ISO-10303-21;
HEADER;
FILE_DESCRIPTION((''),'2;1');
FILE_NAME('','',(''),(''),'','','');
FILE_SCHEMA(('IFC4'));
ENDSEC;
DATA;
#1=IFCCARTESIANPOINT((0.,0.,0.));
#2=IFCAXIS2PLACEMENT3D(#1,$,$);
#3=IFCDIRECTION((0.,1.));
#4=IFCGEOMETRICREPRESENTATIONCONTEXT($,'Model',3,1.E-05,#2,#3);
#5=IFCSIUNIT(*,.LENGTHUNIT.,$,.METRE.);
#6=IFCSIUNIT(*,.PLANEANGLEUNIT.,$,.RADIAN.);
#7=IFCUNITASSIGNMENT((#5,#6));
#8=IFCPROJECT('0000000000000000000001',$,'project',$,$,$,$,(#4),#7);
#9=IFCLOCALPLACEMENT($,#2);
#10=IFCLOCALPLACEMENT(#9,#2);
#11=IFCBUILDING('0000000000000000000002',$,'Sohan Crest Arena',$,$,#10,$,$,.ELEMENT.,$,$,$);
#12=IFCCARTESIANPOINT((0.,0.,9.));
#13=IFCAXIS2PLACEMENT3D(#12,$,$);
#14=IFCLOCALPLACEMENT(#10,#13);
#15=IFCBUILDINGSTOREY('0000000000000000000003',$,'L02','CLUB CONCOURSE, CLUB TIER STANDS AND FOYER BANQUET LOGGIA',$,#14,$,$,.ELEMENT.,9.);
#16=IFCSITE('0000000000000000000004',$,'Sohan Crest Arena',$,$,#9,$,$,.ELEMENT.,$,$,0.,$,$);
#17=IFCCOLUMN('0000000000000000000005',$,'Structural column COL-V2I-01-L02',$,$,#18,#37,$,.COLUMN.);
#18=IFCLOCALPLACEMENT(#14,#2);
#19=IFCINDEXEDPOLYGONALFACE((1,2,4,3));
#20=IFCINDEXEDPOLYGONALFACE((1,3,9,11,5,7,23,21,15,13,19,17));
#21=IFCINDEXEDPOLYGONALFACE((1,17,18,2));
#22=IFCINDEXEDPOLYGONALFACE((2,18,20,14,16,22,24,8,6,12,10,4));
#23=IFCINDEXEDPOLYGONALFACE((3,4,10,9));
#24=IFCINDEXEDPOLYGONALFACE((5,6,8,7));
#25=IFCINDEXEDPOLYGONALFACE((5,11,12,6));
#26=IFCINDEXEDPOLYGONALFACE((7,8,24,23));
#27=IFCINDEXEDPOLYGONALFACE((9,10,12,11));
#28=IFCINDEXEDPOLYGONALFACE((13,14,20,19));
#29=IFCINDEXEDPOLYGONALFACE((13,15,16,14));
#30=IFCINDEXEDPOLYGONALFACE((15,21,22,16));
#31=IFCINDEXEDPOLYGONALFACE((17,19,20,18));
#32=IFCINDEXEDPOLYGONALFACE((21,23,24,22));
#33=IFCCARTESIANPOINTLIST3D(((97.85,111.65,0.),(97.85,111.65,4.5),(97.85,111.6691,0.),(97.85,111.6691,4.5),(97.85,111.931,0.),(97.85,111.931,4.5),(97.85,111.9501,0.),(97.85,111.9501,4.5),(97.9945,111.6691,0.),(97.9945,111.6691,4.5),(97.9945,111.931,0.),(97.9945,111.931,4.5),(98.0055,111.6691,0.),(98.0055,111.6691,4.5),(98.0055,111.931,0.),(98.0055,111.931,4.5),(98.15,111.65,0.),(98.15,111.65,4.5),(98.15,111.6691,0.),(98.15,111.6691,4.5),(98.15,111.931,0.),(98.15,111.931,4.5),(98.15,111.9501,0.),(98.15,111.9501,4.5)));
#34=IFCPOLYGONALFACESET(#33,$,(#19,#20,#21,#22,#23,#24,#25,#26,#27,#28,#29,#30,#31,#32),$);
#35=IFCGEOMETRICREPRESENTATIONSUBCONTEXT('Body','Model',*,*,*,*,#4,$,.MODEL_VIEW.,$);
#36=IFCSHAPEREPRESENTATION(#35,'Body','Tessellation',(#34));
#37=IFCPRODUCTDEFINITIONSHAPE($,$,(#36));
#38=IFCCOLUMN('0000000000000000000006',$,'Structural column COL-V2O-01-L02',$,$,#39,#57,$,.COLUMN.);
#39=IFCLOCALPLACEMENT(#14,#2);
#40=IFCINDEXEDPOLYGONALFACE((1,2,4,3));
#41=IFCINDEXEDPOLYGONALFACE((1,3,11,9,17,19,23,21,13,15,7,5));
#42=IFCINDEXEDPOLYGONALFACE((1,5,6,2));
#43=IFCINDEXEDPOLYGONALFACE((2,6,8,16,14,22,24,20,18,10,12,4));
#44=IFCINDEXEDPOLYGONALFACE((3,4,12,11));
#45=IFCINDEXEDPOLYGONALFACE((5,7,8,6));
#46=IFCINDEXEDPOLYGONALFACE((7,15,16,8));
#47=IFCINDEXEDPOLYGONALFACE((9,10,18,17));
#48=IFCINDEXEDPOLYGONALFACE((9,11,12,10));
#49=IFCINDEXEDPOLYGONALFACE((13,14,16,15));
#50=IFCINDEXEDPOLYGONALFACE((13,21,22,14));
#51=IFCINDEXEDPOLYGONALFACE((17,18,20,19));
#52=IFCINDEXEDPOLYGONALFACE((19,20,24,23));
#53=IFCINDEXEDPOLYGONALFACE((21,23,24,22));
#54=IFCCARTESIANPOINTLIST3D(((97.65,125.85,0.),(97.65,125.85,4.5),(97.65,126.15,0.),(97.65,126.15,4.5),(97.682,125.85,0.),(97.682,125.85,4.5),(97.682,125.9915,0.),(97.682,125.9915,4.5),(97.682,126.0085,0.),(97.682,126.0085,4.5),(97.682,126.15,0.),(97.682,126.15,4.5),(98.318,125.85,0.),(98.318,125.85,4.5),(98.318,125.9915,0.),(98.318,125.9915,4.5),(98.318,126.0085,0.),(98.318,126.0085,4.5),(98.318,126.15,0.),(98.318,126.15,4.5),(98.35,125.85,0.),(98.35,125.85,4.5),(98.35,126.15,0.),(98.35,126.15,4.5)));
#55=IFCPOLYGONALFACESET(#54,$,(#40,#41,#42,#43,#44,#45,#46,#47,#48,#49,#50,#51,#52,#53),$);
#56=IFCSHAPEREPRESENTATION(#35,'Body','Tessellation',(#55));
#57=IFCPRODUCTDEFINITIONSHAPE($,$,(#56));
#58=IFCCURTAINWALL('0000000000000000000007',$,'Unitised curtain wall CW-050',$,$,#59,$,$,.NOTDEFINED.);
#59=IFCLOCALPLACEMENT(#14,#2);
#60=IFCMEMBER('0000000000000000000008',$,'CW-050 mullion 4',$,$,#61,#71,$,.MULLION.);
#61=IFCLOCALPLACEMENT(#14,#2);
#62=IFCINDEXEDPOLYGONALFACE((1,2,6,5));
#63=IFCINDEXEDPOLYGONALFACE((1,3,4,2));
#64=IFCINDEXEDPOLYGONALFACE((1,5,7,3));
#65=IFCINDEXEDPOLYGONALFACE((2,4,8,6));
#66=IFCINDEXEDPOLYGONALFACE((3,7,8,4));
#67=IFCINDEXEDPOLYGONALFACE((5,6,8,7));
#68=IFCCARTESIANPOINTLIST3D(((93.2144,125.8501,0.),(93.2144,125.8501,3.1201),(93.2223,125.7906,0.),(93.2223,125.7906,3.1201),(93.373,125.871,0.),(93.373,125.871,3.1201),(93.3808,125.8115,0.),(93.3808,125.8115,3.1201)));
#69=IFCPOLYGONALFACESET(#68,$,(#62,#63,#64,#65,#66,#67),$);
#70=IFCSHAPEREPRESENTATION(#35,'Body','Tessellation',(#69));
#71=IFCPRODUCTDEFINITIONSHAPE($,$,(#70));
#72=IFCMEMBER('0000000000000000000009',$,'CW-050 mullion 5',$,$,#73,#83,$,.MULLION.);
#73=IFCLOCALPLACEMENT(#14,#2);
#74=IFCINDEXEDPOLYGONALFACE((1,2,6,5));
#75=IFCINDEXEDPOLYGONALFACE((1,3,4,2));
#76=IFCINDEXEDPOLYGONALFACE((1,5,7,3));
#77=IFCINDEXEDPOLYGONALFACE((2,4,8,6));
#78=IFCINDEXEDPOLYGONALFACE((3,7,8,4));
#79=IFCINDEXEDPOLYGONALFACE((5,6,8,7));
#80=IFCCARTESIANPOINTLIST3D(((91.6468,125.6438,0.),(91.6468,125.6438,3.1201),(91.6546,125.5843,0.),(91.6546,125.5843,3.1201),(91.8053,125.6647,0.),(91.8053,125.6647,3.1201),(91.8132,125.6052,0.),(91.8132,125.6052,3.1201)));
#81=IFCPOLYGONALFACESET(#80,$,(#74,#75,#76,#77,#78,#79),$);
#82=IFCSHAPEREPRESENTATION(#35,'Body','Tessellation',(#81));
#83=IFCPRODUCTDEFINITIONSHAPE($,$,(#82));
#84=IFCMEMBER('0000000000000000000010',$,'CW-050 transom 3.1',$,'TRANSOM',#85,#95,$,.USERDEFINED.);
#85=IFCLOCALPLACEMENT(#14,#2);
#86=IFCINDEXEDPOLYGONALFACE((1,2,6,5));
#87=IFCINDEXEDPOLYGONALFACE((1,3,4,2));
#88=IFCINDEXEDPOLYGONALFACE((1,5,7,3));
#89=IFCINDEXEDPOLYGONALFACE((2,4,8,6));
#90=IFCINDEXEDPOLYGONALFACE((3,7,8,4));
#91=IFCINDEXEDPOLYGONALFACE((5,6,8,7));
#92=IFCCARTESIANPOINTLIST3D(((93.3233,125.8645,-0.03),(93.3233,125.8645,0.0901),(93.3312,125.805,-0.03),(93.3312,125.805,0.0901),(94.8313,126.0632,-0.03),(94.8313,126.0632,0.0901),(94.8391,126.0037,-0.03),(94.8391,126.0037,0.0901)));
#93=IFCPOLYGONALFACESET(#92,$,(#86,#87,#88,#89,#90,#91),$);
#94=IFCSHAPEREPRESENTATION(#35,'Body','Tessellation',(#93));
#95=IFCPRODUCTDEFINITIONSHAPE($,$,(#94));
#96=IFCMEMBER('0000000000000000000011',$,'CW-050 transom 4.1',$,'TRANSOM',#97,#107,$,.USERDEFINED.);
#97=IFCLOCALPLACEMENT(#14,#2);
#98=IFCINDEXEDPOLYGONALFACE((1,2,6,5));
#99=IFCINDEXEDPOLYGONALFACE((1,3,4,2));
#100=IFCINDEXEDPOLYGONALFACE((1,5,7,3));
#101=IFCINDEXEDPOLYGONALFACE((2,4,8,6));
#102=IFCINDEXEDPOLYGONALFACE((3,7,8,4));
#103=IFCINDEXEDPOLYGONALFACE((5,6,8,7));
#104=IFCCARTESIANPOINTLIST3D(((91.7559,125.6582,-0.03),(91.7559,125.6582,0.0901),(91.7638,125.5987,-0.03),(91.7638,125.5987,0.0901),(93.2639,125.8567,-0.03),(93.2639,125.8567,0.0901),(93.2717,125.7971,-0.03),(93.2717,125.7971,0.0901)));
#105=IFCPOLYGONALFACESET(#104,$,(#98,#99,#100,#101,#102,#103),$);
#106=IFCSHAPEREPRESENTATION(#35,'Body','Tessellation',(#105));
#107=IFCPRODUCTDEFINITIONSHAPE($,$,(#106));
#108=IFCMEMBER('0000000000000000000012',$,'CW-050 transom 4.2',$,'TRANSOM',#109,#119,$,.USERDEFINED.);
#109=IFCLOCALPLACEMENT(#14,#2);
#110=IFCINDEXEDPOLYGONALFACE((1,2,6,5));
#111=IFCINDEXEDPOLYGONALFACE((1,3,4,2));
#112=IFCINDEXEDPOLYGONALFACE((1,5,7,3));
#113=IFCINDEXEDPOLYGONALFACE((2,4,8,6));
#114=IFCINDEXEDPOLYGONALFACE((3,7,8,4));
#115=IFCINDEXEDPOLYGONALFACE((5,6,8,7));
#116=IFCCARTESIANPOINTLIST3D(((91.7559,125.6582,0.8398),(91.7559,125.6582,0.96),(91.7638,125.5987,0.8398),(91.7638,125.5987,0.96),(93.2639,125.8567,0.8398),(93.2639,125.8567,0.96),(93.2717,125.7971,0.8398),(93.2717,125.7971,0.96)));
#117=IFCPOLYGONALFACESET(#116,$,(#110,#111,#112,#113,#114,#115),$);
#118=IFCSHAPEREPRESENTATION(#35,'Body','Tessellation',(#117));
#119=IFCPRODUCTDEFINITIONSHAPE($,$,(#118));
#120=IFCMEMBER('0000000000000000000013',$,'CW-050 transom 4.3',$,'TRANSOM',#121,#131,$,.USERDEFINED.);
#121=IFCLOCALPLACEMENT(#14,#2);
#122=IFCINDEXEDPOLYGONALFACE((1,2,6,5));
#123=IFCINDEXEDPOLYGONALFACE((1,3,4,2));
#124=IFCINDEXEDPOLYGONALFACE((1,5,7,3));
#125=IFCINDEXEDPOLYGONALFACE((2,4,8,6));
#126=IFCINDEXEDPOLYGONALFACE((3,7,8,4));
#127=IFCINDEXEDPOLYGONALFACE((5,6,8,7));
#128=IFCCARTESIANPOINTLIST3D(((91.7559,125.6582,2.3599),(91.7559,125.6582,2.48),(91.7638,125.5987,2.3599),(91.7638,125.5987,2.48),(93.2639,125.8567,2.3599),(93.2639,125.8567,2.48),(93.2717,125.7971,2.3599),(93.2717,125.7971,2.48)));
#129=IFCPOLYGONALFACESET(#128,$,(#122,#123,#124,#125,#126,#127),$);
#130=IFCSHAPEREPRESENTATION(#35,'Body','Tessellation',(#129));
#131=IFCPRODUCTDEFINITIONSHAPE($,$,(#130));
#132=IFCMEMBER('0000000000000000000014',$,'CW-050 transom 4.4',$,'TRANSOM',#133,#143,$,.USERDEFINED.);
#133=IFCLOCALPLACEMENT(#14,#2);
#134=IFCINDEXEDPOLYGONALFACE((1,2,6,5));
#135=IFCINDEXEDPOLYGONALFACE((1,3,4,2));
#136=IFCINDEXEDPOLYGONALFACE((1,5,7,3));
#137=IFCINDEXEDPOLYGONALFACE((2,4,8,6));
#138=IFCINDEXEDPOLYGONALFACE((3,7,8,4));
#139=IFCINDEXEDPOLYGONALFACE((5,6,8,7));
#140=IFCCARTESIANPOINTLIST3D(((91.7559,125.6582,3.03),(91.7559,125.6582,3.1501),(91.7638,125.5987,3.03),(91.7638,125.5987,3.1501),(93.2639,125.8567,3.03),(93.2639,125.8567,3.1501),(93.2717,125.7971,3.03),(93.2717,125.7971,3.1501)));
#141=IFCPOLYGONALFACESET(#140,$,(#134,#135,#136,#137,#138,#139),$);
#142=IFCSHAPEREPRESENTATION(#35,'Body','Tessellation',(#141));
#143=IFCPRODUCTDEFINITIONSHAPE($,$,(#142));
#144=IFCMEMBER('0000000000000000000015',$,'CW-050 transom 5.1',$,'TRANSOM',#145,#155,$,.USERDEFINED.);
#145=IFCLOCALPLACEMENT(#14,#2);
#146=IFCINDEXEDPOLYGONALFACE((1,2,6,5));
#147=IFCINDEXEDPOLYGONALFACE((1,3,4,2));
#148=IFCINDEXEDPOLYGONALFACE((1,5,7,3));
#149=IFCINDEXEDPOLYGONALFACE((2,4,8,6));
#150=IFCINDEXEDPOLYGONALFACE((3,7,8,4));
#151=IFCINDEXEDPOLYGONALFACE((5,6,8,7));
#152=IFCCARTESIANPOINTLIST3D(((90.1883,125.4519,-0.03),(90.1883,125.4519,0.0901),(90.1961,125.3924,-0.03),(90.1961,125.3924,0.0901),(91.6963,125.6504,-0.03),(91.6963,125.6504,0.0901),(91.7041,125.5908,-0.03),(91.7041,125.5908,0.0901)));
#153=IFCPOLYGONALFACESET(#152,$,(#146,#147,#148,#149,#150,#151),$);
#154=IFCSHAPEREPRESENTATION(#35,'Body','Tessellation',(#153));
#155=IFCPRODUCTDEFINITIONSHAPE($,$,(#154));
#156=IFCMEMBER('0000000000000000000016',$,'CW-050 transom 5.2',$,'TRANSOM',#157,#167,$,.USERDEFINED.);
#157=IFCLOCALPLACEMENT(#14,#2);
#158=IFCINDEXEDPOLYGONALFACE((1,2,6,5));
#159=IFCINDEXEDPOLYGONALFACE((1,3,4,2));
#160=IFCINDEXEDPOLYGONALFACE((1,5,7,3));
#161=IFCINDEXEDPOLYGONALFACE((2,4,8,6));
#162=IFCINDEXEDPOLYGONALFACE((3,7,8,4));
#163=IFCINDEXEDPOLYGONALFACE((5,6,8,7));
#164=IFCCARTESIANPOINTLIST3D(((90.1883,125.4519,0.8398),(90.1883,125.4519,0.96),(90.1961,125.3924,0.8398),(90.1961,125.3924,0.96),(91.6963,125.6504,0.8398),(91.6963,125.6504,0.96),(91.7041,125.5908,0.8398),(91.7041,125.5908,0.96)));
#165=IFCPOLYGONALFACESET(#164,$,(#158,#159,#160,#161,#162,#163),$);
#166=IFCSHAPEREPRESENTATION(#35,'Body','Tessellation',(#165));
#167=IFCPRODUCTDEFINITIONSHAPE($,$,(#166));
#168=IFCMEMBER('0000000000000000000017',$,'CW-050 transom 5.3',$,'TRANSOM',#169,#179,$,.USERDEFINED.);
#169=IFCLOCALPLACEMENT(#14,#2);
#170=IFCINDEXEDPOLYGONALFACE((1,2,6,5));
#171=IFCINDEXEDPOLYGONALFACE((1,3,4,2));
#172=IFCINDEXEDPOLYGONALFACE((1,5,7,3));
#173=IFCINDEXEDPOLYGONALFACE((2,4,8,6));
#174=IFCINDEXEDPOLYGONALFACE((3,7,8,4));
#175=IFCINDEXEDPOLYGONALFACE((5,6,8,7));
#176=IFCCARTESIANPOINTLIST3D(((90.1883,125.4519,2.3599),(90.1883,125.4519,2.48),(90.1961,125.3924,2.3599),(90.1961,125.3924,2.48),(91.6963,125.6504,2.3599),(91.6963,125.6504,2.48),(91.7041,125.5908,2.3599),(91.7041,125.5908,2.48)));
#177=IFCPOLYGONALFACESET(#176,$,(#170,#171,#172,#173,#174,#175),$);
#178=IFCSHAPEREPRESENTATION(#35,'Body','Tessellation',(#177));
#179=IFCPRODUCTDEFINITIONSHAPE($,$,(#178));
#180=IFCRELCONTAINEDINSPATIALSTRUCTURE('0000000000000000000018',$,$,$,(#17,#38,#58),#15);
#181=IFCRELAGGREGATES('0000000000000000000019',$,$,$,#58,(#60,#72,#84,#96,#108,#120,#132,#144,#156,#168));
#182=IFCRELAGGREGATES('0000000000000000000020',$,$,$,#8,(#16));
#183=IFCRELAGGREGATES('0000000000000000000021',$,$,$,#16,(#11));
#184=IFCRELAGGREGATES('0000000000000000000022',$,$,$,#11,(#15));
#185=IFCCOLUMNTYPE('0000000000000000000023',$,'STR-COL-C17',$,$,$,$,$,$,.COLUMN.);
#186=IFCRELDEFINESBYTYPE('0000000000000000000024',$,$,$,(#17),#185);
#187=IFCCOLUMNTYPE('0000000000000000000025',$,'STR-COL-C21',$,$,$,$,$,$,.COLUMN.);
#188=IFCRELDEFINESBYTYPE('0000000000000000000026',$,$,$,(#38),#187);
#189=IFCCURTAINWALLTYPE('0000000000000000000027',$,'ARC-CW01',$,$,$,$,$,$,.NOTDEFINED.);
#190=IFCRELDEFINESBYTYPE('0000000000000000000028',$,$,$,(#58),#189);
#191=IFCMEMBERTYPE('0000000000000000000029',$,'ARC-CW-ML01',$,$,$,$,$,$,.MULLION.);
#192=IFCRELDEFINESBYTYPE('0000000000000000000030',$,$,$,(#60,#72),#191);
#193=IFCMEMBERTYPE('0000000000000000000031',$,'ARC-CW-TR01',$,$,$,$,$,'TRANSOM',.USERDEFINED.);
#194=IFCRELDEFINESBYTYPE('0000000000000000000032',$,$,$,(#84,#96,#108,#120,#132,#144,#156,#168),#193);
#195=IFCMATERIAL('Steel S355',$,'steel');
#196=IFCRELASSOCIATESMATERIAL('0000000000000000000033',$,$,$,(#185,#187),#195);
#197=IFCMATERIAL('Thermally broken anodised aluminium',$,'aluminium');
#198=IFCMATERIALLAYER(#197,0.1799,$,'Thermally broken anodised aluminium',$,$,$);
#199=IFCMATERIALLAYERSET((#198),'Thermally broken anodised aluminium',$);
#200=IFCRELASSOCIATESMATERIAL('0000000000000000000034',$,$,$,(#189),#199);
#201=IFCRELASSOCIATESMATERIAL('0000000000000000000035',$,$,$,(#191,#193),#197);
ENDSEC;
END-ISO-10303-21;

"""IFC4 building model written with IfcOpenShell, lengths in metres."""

from ifc_helpers import new_model, si_unit, direction, frame, origin, origin_2d, place, context, subcontext, project, spatial, rectangle, i_section, extrude, material, layer, layer_set, material_profile, profile_set, type_object, element, aggregate, save


model = new_model("IFC4")

# Units and contexts
model_context = context("Model", 3, precision=1e-05, world=origin(), true_north=direction((0.0, 1.0)))
body_context = subcontext(model_context, "Body", "Model", "MODEL_VIEW")
ifc_project = project(units=[si_unit("LENGTHUNIT", "METRE"), si_unit("PLANEANGLEUNIT", "RADIAN")], contexts=[model_context])

# Site, building, storey
site_placement = place(None, origin())
site = spatial("IfcSite", under=ifc_project, at=site_placement, Name="Sohan Crest Arena", CompositionType="ELEMENT", RefElevation=0.0)
building_placement = place(site_placement, origin())
building = spatial("IfcBuilding", under=site, at=building_placement, Name="Sohan Crest Arena", CompositionType="ELEMENT")
storey_placement = place(building_placement, frame((0.0, 0.0, 9.0)))
storey = spatial("IfcBuildingStorey", under=building, at=storey_placement, Name="L02", Description="CLUB CONCOURSE, CLUB TIER STANDS AND FOYER BANQUET LOGGIA", CompositionType="ELEMENT", Elevation=9.0)

# Columns
ifc_material_1 = material(Name="Steel S355", Category="steel")
ifc_material_profile_1 = material_profile(ifc_material_1, i_section(OverallWidth=0.3, OverallDepth=0.3, WebThickness=0.011, FlangeThickness=0.019, at=origin_2d()), Name="HEB 300")
ifc_profile_set_1 = profile_set([ifc_material_profile_1], Name="Steel S355")
column_type_1 = type_object("IfcColumnType", Name="STR-COL-C17", PredefinedType="COLUMN", material=ifc_profile_set_1)
column_1_placement = place(storey_placement, frame((98.0, 111.8, 0.0), z_axis=(0.0, 0.0, 1.0), x_axis=(1.0, 0.0, 0.0)))
element("IfcColumn", 1, at=column_1_placement, inside=storey, type_object=column_type_1, Name="Structural column COL-V2I-01-L02", PredefinedType="COLUMN", context=body_context, shape_type="SweptSolid", body=[
    extrude(i_section(OverallWidth=0.3, OverallDepth=0.3, WebThickness=0.011, FlangeThickness=0.019, at=origin_2d()), origin(), (0.0, 0.0, 1.0), 4.5),
])
ifc_material_profile_2 = material_profile(ifc_material_1, i_section(OverallWidth=0.3, OverallDepth=0.7, WebThickness=0.0171, FlangeThickness=0.032, at=origin_2d()), Name="HEB 700")
ifc_profile_set_2 = profile_set([ifc_material_profile_2], Name="Steel S355")
column_type_2 = type_object("IfcColumnType", Name="STR-COL-C21", PredefinedType="COLUMN", material=ifc_profile_set_2)
column_2_placement = place(storey_placement, frame((98.0, 126.0, 0.0), z_axis=(0.0, 0.0, 1.0), x_axis=(0.0, 1.0, 0.0)))
element("IfcColumn", 2, at=column_2_placement, inside=storey, type_object=column_type_2, Name="Structural column COL-V2O-01-L02", PredefinedType="COLUMN", context=body_context, shape_type="SweptSolid", body=[
    extrude(i_section(OverallWidth=0.3, OverallDepth=0.7, WebThickness=0.0171, FlangeThickness=0.032, at=origin_2d()), origin(), (0.0, 0.0, 1.0), 4.5),
])

# Curtain wall, members
ifc_material_2 = material(Name="Thermally broken anodised aluminium", Category="aluminium")
ifc_layer_1 = layer(ifc_material_2, 0.1799, Name="Thermally broken anodised aluminium")
ifc_layer_set_1 = layer_set([ifc_layer_1], Name="Thermally broken anodised aluminium")
curtain_wall_type_1 = type_object("IfcCurtainWallType", Name="ARC-CW01", PredefinedType="NOTDEFINED", material=ifc_layer_set_1)
curtain_wall_1_placement = place(storey_placement, origin())
curtain_wall_1 = element("IfcCurtainWall", 3, at=curtain_wall_1_placement, inside=storey, type_object=curtain_wall_type_1, Name="Unitised curtain wall CW-050", PredefinedType="NOTDEFINED")
ifc_material_profile_3 = material_profile(ifc_material_2, rectangle(XDim=0.0601, YDim=0.1599, at=origin_2d()), Name="ALU-MULL 60x160")
ifc_profile_set_3 = profile_set([ifc_material_profile_3], Name="Thermally broken anodised aluminium")
member_type_1 = type_object("IfcMemberType", Name="ARC-CW-ML01", PredefinedType="MULLION", material=ifc_profile_set_3)
member_1_placement = place(storey_placement, frame((93.2976, 125.8308, 0.0), z_axis=(0.0, 0.0, 1.0), x_axis=(0.130532, -0.991444, 0.0)))
member_1 = element("IfcMember", 4, at=member_1_placement, type_object=member_type_1, Name="CW-050 mullion 4", PredefinedType="MULLION", context=body_context, shape_type="SweptSolid", body=[
    extrude(rectangle(XDim=0.0601, YDim=0.1599, at=origin_2d()), origin(), (0.0, 0.0, 1.0), 3.1201),
])
member_2_placement = place(storey_placement, frame((91.73, 125.6245, 0.0), z_axis=(0.0, 0.0, 1.0), x_axis=(0.130532, -0.991444, 0.0)))
member_2 = element("IfcMember", 5, at=member_2_placement, type_object=member_type_1, Name="CW-050 mullion 5", PredefinedType="MULLION", context=body_context, shape_type="SweptSolid", body=[
    extrude(rectangle(XDim=0.0601, YDim=0.1599, at=origin_2d()), origin(), (0.0, 0.0, 1.0), 3.1201),
])
ifc_material_profile_4 = material_profile(ifc_material_2, rectangle(XDim=0.0601, YDim=0.1201, at=origin_2d()), Name="ALU-TRAN 60x120")
ifc_profile_set_4 = profile_set([ifc_material_profile_4], Name="Thermally broken anodised aluminium")
member_type_2 = type_object("IfcMemberType", Name="ARC-CW-TR01", ElementType="TRANSOM", PredefinedType="USERDEFINED", material=ifc_profile_set_4)
member_3_placement = place(storey_placement, frame((94.8352, 126.0334, 0.03), z_axis=(-0.991429, -0.13065, 0.0), x_axis=(0.13065, -0.991429, 0.0)))
member_3 = element("IfcMember", 6, at=member_3_placement, type_object=member_type_2, Name="CW-050 transom 3.1", ObjectType="TRANSOM", PredefinedType="USERDEFINED", context=body_context, shape_type="SweptSolid", body=[
    extrude(rectangle(XDim=0.0601, YDim=0.1201, at=origin_2d()), origin(), (0.0, 0.0, 1.0), 1.521),
])
member_4_placement = place(storey_placement, frame((93.2678, 125.8269, 0.03), z_axis=(-0.991449, -0.130492, 0.0), x_axis=(0.130492, -0.991449, 0.0)))
member_4 = element("IfcMember", 7, at=member_4_placement, type_object=member_type_2, Name="CW-050 transom 4.1", ObjectType="TRANSOM", PredefinedType="USERDEFINED", context=body_context, shape_type="SweptSolid", body=[
    extrude(rectangle(XDim=0.0601, YDim=0.1201, at=origin_2d()), origin(), (0.0, 0.0, 1.0), 1.521),
])
member_5_placement = place(storey_placement, frame((93.2678, 125.8269, 0.8999), z_axis=(-0.991449, -0.130492, 0.0), x_axis=(0.130492, -0.991449, 0.0)))
member_5 = element("IfcMember", 8, at=member_5_placement, type_object=member_type_2, Name="CW-050 transom 4.2", ObjectType="TRANSOM", PredefinedType="USERDEFINED", context=body_context, shape_type="SweptSolid", body=[
    extrude(rectangle(XDim=0.0601, YDim=0.1201, at=origin_2d()), origin(), (0.0, 0.0, 1.0), 1.521),
])
member_6_placement = place(storey_placement, frame((93.2678, 125.8269, 2.4199), z_axis=(-0.991449, -0.130492, 0.0), x_axis=(0.130492, -0.991449, 0.0)))
member_6 = element("IfcMember", 9, at=member_6_placement, type_object=member_type_2, Name="CW-050 transom 4.3", ObjectType="TRANSOM", PredefinedType="USERDEFINED", context=body_context, shape_type="SweptSolid", body=[
    extrude(rectangle(XDim=0.0601, YDim=0.1201, at=origin_2d()), origin(), (0.0, 0.0, 1.0), 1.521),
])
member_7_placement = place(storey_placement, frame((93.2678, 125.8269, 3.0901), z_axis=(-0.991449, -0.130492, 0.0), x_axis=(0.130492, -0.991449, 0.0)))
member_7 = element("IfcMember", 10, at=member_7_placement, type_object=member_type_2, Name="CW-050 transom 4.4", ObjectType="TRANSOM", PredefinedType="USERDEFINED", context=body_context, shape_type="SweptSolid", body=[
    extrude(rectangle(XDim=0.0601, YDim=0.1201, at=origin_2d()), origin(), (0.0, 0.0, 1.0), 1.521),
])
member_8_placement = place(storey_placement, frame((91.7002, 125.6206, 0.03), z_axis=(-0.991449, -0.130492, 0.0), x_axis=(0.130492, -0.991449, 0.0)))
member_8 = element("IfcMember", 11, at=member_8_placement, type_object=member_type_2, Name="CW-050 transom 5.1", ObjectType="TRANSOM", PredefinedType="USERDEFINED", context=body_context, shape_type="SweptSolid", body=[
    extrude(rectangle(XDim=0.0601, YDim=0.1201, at=origin_2d()), origin(), (0.0, 0.0, 1.0), 1.521),
])
member_9_placement = place(storey_placement, frame((91.7002, 125.6206, 0.8999), z_axis=(-0.991449, -0.130492, 0.0), x_axis=(0.130492, -0.991449, 0.0)))
member_9 = element("IfcMember", 12, at=member_9_placement, type_object=member_type_2, Name="CW-050 transom 5.2", ObjectType="TRANSOM", PredefinedType="USERDEFINED", context=body_context, shape_type="SweptSolid", body=[
    extrude(rectangle(XDim=0.0601, YDim=0.1201, at=origin_2d()), origin(), (0.0, 0.0, 1.0), 1.521),
])
member_10_placement = place(storey_placement, frame((91.7002, 125.6206, 2.4199), z_axis=(-0.991449, -0.130492, 0.0), x_axis=(0.130492, -0.991449, 0.0)))
member_10 = element("IfcMember", 13, at=member_10_placement, type_object=member_type_2, Name="CW-050 transom 5.3", ObjectType="TRANSOM", PredefinedType="USERDEFINED", context=body_context, shape_type="SweptSolid", body=[
    extrude(rectangle(XDim=0.0601, YDim=0.1201, at=origin_2d()), origin(), (0.0, 0.0, 1.0), 1.521),
])

aggregate(curtain_wall_1, [member_1, member_2, member_3, member_4, member_5, member_6, member_7, member_8, member_9, member_10])

save(model, "model.ifc")
